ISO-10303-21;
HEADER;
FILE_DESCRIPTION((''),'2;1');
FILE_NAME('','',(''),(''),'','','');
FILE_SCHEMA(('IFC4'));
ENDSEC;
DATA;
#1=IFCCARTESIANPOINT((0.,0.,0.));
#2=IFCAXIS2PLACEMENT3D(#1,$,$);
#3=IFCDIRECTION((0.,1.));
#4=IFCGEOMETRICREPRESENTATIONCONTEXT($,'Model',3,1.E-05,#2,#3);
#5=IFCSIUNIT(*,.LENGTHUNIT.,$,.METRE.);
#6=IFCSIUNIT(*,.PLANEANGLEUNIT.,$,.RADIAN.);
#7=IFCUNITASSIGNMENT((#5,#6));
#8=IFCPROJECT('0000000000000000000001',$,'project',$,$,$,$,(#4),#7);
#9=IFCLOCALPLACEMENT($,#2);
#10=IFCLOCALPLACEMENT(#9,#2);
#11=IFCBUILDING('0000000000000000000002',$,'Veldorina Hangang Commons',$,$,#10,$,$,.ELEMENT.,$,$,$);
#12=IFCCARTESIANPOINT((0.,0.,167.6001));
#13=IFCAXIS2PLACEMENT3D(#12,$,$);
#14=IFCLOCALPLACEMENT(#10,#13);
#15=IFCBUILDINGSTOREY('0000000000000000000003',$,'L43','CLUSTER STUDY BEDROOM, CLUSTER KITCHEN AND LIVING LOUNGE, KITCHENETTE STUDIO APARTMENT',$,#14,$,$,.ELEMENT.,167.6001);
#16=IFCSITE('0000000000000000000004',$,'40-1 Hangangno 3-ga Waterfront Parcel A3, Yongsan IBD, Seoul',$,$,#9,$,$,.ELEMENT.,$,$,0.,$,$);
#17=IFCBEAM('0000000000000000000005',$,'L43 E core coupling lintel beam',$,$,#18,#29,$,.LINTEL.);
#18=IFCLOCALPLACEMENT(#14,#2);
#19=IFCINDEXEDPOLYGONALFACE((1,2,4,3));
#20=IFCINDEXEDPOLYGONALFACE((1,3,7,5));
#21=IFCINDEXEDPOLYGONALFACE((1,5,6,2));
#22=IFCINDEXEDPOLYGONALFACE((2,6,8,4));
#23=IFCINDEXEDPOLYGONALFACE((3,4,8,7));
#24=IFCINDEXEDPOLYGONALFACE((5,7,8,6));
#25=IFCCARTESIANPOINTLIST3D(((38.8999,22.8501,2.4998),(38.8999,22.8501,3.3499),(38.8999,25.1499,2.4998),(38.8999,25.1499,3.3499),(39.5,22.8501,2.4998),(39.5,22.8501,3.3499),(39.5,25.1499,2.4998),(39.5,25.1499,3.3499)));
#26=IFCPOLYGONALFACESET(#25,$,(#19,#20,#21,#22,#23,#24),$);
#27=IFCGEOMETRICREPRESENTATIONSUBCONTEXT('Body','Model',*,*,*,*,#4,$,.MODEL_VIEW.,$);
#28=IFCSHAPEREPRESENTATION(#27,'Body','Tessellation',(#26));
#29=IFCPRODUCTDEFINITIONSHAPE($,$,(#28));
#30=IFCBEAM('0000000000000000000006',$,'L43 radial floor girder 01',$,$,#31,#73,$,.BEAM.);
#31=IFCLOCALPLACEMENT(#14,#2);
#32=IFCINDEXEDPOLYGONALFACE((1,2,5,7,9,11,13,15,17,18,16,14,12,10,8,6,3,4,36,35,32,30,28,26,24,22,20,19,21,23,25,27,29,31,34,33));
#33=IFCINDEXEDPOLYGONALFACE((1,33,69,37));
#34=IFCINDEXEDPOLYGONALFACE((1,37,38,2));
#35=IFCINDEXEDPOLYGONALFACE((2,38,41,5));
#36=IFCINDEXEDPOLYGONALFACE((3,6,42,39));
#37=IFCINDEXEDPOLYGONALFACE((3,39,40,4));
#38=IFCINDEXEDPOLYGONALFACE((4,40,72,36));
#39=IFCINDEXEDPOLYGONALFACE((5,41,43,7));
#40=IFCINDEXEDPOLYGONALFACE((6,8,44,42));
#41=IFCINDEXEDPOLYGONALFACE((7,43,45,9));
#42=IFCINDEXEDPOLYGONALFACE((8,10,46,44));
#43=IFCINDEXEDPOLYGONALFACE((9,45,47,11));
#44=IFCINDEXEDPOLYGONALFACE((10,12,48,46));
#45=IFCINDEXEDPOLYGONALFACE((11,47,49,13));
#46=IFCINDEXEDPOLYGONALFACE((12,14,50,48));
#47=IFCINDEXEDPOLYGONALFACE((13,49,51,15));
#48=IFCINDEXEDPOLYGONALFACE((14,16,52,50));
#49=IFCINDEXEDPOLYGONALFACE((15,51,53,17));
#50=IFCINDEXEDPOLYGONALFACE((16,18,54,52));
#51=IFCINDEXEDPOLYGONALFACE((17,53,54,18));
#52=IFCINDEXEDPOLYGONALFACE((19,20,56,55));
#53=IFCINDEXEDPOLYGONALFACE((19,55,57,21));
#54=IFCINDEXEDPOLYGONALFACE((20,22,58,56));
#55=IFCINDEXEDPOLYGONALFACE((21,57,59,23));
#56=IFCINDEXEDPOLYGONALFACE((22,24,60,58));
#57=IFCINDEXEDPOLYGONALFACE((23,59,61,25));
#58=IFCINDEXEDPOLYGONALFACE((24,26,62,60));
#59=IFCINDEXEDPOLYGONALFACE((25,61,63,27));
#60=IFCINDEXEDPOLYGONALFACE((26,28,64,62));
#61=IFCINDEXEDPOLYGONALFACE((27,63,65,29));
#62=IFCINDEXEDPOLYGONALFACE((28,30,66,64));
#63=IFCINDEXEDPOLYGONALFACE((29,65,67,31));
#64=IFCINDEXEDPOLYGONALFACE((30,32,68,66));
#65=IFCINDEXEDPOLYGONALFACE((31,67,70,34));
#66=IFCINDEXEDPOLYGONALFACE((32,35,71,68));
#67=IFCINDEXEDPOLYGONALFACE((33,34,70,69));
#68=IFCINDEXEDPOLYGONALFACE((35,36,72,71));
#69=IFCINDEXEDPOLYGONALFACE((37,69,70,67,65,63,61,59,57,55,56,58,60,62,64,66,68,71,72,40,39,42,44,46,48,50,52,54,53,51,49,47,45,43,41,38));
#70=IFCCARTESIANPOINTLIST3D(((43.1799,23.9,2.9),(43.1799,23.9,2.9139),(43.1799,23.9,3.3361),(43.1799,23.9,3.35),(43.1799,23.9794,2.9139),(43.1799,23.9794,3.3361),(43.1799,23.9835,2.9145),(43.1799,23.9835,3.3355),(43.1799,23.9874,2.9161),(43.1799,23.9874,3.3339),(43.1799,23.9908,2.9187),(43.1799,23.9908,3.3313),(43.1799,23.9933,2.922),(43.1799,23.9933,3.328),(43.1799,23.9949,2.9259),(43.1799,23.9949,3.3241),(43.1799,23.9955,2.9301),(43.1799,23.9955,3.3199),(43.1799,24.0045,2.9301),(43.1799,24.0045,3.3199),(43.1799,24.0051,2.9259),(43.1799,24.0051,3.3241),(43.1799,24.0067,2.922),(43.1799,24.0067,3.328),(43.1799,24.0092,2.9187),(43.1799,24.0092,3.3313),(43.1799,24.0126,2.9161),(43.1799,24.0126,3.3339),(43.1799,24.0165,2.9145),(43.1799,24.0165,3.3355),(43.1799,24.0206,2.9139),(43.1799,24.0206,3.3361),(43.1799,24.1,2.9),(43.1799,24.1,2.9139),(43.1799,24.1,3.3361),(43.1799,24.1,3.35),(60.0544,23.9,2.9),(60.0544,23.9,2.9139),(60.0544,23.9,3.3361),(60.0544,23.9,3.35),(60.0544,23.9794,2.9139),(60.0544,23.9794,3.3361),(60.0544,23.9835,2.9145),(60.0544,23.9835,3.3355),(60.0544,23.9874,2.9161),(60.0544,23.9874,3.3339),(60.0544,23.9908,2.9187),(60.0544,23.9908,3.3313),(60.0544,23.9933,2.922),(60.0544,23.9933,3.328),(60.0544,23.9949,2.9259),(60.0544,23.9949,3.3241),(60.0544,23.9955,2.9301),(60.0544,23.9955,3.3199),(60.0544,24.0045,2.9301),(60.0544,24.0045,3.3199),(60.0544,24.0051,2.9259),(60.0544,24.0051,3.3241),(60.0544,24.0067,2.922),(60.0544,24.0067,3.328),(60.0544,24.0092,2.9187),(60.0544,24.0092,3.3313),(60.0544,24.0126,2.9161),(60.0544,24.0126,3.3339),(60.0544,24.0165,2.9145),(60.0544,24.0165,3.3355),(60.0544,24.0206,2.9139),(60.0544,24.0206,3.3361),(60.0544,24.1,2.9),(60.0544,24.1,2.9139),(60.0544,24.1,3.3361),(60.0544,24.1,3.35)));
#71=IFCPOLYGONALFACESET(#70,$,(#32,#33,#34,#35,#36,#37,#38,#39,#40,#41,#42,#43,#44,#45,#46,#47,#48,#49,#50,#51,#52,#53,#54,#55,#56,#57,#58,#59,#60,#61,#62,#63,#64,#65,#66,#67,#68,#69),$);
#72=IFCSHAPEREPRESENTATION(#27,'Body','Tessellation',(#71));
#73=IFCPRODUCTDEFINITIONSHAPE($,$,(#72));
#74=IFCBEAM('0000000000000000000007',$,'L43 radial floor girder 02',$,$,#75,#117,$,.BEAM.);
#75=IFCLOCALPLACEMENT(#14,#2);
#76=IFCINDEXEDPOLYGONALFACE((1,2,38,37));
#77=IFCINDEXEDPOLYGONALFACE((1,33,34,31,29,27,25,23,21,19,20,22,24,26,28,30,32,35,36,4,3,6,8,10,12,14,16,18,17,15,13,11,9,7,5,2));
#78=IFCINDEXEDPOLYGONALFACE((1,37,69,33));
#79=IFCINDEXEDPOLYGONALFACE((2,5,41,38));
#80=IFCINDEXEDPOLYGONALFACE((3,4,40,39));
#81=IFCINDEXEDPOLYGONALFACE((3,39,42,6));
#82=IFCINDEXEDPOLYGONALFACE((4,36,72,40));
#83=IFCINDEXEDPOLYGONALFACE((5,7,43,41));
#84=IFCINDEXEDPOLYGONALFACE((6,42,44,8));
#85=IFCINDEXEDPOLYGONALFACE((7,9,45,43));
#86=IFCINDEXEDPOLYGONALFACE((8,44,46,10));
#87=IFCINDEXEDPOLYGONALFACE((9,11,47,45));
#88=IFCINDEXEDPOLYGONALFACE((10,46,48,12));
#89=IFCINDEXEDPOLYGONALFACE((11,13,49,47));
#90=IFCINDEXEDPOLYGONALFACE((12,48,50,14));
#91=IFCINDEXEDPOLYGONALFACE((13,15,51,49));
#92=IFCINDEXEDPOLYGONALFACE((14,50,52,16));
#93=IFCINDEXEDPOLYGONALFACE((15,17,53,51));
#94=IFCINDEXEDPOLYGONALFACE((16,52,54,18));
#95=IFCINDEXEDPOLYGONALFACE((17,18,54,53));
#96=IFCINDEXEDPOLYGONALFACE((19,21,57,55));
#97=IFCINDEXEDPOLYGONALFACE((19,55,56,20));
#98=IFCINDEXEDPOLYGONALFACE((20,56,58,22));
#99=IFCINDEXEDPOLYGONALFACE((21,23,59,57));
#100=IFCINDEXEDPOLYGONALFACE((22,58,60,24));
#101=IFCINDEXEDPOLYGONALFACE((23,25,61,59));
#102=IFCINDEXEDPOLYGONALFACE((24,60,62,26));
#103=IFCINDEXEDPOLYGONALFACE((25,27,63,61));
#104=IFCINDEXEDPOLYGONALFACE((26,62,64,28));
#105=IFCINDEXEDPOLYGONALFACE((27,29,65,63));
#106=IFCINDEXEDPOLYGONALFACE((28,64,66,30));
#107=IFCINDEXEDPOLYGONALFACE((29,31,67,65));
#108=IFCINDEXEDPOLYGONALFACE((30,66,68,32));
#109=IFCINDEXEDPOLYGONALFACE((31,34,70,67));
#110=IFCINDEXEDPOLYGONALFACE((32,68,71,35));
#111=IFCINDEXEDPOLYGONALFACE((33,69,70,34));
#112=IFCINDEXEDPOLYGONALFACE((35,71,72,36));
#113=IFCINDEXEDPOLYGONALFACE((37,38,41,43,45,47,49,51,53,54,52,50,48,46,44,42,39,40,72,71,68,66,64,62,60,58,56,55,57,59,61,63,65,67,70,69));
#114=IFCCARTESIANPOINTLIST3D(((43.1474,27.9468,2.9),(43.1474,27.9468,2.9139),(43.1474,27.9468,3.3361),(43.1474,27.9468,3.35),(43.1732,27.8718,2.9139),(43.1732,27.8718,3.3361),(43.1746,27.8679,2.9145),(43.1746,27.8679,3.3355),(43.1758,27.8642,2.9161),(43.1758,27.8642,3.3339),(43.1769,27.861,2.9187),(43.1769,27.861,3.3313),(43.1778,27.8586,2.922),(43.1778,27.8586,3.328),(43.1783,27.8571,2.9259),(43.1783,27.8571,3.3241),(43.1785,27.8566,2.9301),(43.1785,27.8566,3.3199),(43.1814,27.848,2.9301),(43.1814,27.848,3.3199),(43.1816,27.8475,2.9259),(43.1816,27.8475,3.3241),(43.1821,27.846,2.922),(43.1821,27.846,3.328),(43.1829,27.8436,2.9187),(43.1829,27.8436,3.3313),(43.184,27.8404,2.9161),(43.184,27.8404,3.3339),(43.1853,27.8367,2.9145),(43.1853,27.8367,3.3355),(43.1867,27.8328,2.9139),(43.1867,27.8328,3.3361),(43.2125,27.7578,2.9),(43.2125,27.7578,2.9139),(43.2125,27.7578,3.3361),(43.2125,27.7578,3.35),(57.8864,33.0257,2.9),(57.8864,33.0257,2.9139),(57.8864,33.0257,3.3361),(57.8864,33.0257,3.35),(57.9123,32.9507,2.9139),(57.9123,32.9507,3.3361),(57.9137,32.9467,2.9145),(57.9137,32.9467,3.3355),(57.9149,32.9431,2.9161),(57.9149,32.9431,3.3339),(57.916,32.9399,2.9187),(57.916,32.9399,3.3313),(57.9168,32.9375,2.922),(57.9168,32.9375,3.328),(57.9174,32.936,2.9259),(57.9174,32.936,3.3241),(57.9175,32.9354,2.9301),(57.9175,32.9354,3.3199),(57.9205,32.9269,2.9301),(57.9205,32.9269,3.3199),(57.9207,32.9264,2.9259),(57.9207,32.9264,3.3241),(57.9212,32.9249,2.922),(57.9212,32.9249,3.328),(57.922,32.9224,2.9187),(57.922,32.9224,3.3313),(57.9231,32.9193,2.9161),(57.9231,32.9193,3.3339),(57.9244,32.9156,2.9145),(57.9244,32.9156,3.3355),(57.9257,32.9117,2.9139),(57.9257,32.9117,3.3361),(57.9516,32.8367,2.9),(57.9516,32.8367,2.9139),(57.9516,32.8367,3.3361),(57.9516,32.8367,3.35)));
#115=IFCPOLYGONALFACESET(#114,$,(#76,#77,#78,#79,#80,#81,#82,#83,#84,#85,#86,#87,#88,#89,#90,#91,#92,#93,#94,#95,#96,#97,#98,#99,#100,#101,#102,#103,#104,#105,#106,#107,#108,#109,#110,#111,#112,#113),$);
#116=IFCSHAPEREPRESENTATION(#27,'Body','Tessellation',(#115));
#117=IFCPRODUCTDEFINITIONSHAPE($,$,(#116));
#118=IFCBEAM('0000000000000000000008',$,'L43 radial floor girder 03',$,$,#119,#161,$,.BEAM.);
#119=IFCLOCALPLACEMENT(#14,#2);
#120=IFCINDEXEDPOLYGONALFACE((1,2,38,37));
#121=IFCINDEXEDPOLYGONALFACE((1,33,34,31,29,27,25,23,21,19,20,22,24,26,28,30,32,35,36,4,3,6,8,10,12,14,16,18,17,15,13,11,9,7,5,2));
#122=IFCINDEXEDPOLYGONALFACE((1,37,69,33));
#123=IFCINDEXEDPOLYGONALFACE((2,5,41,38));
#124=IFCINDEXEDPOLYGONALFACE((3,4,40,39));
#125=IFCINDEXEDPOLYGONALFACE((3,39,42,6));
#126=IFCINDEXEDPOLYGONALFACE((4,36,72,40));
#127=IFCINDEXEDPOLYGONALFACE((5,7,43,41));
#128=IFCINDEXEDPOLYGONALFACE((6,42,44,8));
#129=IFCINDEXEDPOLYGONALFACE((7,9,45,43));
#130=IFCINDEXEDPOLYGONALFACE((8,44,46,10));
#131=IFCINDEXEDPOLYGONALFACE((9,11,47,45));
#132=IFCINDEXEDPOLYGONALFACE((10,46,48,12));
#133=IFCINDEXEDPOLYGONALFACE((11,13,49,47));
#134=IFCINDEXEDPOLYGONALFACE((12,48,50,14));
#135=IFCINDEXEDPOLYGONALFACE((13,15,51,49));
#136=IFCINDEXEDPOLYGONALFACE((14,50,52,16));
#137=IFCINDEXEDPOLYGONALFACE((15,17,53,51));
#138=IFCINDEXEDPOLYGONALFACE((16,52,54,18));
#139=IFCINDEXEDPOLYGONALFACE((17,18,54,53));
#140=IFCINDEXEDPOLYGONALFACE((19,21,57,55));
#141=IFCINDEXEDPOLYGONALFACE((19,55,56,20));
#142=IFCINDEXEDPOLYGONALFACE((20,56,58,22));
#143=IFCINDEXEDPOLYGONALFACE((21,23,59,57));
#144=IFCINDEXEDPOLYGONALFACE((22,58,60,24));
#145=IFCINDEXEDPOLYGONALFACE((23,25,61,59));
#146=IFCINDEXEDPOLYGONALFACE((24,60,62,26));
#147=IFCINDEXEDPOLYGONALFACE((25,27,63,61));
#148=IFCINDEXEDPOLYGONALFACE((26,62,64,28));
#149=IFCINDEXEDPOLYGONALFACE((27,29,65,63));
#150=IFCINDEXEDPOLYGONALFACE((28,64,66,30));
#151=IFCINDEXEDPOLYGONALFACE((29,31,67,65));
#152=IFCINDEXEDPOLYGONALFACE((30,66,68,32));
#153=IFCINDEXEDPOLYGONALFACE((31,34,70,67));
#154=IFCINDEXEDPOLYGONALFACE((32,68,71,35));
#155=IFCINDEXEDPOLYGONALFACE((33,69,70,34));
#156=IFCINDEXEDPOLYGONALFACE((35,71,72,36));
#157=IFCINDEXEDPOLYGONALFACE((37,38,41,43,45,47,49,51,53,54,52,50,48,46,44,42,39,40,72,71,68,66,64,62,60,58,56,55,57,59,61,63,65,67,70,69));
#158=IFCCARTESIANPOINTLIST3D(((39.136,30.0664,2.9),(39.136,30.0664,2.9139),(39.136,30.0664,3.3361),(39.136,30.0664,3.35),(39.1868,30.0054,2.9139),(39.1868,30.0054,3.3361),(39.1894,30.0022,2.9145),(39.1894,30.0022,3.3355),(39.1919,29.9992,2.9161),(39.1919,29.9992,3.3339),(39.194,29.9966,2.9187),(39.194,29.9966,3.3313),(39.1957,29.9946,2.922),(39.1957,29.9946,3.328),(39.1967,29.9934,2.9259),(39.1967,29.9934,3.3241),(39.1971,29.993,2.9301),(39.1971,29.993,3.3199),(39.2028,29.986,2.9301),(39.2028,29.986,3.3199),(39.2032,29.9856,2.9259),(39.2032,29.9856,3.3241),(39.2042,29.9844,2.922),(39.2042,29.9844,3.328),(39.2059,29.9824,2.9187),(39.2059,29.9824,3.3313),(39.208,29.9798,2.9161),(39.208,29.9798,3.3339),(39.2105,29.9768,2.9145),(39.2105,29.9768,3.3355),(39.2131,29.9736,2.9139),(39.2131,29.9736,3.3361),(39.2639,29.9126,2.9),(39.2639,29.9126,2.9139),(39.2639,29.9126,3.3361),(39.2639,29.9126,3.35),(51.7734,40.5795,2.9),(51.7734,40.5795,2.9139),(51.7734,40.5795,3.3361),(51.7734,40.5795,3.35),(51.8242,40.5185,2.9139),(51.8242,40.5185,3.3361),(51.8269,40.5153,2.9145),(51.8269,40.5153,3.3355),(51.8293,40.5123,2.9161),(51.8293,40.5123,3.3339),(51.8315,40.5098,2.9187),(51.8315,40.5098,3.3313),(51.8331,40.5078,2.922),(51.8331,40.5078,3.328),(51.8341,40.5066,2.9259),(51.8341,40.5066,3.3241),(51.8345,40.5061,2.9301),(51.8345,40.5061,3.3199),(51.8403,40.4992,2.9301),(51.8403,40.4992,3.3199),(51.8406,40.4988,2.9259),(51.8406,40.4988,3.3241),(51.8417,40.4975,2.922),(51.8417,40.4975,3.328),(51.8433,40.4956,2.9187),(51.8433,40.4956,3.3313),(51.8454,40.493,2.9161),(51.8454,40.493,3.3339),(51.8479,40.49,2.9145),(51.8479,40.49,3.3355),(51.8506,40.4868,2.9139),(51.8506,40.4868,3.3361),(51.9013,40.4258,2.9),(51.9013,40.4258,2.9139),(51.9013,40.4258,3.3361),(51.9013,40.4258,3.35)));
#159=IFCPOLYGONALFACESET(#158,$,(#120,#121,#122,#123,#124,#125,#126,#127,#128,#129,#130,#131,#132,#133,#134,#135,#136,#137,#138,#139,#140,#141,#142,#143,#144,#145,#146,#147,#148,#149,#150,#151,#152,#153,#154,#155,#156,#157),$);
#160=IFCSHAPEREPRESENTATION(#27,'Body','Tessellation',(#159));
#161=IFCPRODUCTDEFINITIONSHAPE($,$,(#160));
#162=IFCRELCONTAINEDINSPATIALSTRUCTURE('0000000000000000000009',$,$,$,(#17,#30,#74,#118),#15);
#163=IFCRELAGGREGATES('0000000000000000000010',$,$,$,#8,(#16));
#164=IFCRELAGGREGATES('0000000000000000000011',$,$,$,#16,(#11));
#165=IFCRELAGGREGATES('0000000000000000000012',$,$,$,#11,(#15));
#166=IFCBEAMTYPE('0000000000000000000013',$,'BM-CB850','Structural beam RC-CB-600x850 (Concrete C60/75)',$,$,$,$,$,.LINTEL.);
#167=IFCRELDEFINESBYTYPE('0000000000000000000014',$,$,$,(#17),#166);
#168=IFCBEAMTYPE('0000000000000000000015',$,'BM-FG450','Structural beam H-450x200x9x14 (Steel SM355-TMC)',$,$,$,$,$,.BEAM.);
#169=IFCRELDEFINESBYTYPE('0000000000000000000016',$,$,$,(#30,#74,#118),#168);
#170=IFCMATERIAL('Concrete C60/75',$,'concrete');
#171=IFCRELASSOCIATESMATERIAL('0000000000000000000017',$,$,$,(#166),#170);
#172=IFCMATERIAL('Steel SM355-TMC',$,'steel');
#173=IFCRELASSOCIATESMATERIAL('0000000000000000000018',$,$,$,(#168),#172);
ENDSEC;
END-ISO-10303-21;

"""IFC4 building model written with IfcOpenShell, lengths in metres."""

from ifc_helpers import new_model, si_unit, direction, frame, origin, origin_2d, place, context, subcontext, project, spatial, rectangle, i_section, extrude, material, material_profile, profile_set, type_object, element, save


model = new_model("IFC4")

# Units and contexts
model_context = context("Model", 3, precision=1e-05, world=origin(), true_north=direction((0.0, 1.0)))
body_context = subcontext(model_context, "Body", "Model", "MODEL_VIEW")
ifc_project = project(units=[si_unit("LENGTHUNIT", "METRE"), si_unit("PLANEANGLEUNIT", "RADIAN")], contexts=[model_context])

# Site, building, storey
site_placement = place(None, origin())
site = spatial("IfcSite", under=ifc_project, at=site_placement, Name="40-1 Hangangno 3-ga Waterfront Parcel A3, Yongsan IBD, Seoul", CompositionType="ELEMENT", RefElevation=0.0)
building_placement = place(site_placement, origin())
building = spatial("IfcBuilding", under=site, at=building_placement, Name="Veldorina Hangang Commons", CompositionType="ELEMENT")
storey_placement = place(building_placement, frame((0.0, 0.0, 167.6001)))
storey = spatial("IfcBuildingStorey", under=building, at=storey_placement, Name="L43", Description="CLUSTER STUDY BEDROOM, CLUSTER KITCHEN AND LIVING LOUNGE, KITCHENETTE STUDIO APARTMENT", CompositionType="ELEMENT", Elevation=167.6001)

# Beams
ifc_material_1 = material(Name="Concrete C60/75", Category="concrete")
ifc_material_profile_1 = material_profile(ifc_material_1, rectangle(XDim=0.6001, YDim=0.8501, at=origin_2d()), Name="RC-CB-600x850")
ifc_profile_set_1 = profile_set([ifc_material_profile_1], Name="Concrete C60/75")
beam_type_1 = type_object("IfcBeamType", Name="BM-CB850", Description="Structural beam RC-CB-600x850 (Concrete C60/75)", PredefinedType="LINTEL", material=ifc_profile_set_1)
beam_1_placement = place(storey_placement, frame((39.2, 22.8501, 2.9248), z_axis=(0.0, 1.0, 0.0), x_axis=(-1.0, 0.0, 0.0)))
element("IfcBeam", 1, at=beam_1_placement, inside=storey, type_object=beam_type_1, Name="L43 E core coupling lintel beam", PredefinedType="LINTEL", context=body_context, shape_type="SweptSolid", body=[
    extrude(rectangle(XDim=0.6001, YDim=0.8501, at=origin_2d()), origin(), (0.0, 0.0, 1.0), 2.2998),
])
ifc_material_2 = material(Name="Steel SM355-TMC", Category="steel")
ifc_material_profile_2 = material_profile(ifc_material_2, i_section(OverallWidth=0.2, OverallDepth=0.45, WebThickness=0.009, FlangeThickness=0.0139, FilletRadius=0.0161, at=origin_2d()), Name="H-450x200x9x14")
ifc_profile_set_2 = profile_set([ifc_material_profile_2], Name="Steel SM355-TMC")
beam_type_2 = type_object("IfcBeamType", Name="BM-FG450", Description="Structural beam H-450x200x9x14 (Steel SM355-TMC)", PredefinedType="BEAM", material=ifc_profile_set_2)
beam_2_placement = place(storey_placement, frame((43.1799, 24.0, 3.125), z_axis=(1.0, 0.0, 0.0), x_axis=(0.0, 1.0, 0.0)))
element("IfcBeam", 2, at=beam_2_placement, inside=storey, type_object=beam_type_2, Name="L43 radial floor girder 01", PredefinedType="BEAM", context=body_context, shape_type="SweptSolid", body=[
    extrude(i_section(OverallWidth=0.2, OverallDepth=0.45, WebThickness=0.009, FlangeThickness=0.0139, FilletRadius=0.0161, at=origin_2d()), origin(), (0.0, 0.0, 1.0), 16.8745),
])
beam_3_placement = place(storey_placement, frame((43.1799, 27.8523, 3.125), z_axis=(0.945443, 0.325787, 0.0), x_axis=(-0.325787, 0.945443, 0.0)))
element("IfcBeam", 3, at=beam_3_placement, inside=storey, type_object=beam_type_2, Name="L43 radial floor girder 02", PredefinedType="BEAM", context=body_context, shape_type="SweptSolid", body=[
    extrude(i_section(OverallWidth=0.2, OverallDepth=0.45, WebThickness=0.009, FlangeThickness=0.0139, FilletRadius=0.0161, at=origin_2d()), origin(), (0.0, 0.0, 1.0), 15.5896),
])
beam_4_placement = place(storey_placement, frame((39.2, 29.9895, 3.125), z_axis=(0.76876, 0.639537, 0.0), x_axis=(-0.639537, 0.76876, 0.0)))
element("IfcBeam", 4, at=beam_4_placement, inside=storey, type_object=beam_type_2, Name="L43 radial floor girder 03", PredefinedType="BEAM", context=body_context, shape_type="SweptSolid", body=[
    extrude(i_section(OverallWidth=0.2, OverallDepth=0.45, WebThickness=0.009, FlangeThickness=0.0139, FilletRadius=0.0161, at=origin_2d()), origin(), (0.0, 0.0, 1.0), 16.4387),
])

save(model, "model.ifc")
